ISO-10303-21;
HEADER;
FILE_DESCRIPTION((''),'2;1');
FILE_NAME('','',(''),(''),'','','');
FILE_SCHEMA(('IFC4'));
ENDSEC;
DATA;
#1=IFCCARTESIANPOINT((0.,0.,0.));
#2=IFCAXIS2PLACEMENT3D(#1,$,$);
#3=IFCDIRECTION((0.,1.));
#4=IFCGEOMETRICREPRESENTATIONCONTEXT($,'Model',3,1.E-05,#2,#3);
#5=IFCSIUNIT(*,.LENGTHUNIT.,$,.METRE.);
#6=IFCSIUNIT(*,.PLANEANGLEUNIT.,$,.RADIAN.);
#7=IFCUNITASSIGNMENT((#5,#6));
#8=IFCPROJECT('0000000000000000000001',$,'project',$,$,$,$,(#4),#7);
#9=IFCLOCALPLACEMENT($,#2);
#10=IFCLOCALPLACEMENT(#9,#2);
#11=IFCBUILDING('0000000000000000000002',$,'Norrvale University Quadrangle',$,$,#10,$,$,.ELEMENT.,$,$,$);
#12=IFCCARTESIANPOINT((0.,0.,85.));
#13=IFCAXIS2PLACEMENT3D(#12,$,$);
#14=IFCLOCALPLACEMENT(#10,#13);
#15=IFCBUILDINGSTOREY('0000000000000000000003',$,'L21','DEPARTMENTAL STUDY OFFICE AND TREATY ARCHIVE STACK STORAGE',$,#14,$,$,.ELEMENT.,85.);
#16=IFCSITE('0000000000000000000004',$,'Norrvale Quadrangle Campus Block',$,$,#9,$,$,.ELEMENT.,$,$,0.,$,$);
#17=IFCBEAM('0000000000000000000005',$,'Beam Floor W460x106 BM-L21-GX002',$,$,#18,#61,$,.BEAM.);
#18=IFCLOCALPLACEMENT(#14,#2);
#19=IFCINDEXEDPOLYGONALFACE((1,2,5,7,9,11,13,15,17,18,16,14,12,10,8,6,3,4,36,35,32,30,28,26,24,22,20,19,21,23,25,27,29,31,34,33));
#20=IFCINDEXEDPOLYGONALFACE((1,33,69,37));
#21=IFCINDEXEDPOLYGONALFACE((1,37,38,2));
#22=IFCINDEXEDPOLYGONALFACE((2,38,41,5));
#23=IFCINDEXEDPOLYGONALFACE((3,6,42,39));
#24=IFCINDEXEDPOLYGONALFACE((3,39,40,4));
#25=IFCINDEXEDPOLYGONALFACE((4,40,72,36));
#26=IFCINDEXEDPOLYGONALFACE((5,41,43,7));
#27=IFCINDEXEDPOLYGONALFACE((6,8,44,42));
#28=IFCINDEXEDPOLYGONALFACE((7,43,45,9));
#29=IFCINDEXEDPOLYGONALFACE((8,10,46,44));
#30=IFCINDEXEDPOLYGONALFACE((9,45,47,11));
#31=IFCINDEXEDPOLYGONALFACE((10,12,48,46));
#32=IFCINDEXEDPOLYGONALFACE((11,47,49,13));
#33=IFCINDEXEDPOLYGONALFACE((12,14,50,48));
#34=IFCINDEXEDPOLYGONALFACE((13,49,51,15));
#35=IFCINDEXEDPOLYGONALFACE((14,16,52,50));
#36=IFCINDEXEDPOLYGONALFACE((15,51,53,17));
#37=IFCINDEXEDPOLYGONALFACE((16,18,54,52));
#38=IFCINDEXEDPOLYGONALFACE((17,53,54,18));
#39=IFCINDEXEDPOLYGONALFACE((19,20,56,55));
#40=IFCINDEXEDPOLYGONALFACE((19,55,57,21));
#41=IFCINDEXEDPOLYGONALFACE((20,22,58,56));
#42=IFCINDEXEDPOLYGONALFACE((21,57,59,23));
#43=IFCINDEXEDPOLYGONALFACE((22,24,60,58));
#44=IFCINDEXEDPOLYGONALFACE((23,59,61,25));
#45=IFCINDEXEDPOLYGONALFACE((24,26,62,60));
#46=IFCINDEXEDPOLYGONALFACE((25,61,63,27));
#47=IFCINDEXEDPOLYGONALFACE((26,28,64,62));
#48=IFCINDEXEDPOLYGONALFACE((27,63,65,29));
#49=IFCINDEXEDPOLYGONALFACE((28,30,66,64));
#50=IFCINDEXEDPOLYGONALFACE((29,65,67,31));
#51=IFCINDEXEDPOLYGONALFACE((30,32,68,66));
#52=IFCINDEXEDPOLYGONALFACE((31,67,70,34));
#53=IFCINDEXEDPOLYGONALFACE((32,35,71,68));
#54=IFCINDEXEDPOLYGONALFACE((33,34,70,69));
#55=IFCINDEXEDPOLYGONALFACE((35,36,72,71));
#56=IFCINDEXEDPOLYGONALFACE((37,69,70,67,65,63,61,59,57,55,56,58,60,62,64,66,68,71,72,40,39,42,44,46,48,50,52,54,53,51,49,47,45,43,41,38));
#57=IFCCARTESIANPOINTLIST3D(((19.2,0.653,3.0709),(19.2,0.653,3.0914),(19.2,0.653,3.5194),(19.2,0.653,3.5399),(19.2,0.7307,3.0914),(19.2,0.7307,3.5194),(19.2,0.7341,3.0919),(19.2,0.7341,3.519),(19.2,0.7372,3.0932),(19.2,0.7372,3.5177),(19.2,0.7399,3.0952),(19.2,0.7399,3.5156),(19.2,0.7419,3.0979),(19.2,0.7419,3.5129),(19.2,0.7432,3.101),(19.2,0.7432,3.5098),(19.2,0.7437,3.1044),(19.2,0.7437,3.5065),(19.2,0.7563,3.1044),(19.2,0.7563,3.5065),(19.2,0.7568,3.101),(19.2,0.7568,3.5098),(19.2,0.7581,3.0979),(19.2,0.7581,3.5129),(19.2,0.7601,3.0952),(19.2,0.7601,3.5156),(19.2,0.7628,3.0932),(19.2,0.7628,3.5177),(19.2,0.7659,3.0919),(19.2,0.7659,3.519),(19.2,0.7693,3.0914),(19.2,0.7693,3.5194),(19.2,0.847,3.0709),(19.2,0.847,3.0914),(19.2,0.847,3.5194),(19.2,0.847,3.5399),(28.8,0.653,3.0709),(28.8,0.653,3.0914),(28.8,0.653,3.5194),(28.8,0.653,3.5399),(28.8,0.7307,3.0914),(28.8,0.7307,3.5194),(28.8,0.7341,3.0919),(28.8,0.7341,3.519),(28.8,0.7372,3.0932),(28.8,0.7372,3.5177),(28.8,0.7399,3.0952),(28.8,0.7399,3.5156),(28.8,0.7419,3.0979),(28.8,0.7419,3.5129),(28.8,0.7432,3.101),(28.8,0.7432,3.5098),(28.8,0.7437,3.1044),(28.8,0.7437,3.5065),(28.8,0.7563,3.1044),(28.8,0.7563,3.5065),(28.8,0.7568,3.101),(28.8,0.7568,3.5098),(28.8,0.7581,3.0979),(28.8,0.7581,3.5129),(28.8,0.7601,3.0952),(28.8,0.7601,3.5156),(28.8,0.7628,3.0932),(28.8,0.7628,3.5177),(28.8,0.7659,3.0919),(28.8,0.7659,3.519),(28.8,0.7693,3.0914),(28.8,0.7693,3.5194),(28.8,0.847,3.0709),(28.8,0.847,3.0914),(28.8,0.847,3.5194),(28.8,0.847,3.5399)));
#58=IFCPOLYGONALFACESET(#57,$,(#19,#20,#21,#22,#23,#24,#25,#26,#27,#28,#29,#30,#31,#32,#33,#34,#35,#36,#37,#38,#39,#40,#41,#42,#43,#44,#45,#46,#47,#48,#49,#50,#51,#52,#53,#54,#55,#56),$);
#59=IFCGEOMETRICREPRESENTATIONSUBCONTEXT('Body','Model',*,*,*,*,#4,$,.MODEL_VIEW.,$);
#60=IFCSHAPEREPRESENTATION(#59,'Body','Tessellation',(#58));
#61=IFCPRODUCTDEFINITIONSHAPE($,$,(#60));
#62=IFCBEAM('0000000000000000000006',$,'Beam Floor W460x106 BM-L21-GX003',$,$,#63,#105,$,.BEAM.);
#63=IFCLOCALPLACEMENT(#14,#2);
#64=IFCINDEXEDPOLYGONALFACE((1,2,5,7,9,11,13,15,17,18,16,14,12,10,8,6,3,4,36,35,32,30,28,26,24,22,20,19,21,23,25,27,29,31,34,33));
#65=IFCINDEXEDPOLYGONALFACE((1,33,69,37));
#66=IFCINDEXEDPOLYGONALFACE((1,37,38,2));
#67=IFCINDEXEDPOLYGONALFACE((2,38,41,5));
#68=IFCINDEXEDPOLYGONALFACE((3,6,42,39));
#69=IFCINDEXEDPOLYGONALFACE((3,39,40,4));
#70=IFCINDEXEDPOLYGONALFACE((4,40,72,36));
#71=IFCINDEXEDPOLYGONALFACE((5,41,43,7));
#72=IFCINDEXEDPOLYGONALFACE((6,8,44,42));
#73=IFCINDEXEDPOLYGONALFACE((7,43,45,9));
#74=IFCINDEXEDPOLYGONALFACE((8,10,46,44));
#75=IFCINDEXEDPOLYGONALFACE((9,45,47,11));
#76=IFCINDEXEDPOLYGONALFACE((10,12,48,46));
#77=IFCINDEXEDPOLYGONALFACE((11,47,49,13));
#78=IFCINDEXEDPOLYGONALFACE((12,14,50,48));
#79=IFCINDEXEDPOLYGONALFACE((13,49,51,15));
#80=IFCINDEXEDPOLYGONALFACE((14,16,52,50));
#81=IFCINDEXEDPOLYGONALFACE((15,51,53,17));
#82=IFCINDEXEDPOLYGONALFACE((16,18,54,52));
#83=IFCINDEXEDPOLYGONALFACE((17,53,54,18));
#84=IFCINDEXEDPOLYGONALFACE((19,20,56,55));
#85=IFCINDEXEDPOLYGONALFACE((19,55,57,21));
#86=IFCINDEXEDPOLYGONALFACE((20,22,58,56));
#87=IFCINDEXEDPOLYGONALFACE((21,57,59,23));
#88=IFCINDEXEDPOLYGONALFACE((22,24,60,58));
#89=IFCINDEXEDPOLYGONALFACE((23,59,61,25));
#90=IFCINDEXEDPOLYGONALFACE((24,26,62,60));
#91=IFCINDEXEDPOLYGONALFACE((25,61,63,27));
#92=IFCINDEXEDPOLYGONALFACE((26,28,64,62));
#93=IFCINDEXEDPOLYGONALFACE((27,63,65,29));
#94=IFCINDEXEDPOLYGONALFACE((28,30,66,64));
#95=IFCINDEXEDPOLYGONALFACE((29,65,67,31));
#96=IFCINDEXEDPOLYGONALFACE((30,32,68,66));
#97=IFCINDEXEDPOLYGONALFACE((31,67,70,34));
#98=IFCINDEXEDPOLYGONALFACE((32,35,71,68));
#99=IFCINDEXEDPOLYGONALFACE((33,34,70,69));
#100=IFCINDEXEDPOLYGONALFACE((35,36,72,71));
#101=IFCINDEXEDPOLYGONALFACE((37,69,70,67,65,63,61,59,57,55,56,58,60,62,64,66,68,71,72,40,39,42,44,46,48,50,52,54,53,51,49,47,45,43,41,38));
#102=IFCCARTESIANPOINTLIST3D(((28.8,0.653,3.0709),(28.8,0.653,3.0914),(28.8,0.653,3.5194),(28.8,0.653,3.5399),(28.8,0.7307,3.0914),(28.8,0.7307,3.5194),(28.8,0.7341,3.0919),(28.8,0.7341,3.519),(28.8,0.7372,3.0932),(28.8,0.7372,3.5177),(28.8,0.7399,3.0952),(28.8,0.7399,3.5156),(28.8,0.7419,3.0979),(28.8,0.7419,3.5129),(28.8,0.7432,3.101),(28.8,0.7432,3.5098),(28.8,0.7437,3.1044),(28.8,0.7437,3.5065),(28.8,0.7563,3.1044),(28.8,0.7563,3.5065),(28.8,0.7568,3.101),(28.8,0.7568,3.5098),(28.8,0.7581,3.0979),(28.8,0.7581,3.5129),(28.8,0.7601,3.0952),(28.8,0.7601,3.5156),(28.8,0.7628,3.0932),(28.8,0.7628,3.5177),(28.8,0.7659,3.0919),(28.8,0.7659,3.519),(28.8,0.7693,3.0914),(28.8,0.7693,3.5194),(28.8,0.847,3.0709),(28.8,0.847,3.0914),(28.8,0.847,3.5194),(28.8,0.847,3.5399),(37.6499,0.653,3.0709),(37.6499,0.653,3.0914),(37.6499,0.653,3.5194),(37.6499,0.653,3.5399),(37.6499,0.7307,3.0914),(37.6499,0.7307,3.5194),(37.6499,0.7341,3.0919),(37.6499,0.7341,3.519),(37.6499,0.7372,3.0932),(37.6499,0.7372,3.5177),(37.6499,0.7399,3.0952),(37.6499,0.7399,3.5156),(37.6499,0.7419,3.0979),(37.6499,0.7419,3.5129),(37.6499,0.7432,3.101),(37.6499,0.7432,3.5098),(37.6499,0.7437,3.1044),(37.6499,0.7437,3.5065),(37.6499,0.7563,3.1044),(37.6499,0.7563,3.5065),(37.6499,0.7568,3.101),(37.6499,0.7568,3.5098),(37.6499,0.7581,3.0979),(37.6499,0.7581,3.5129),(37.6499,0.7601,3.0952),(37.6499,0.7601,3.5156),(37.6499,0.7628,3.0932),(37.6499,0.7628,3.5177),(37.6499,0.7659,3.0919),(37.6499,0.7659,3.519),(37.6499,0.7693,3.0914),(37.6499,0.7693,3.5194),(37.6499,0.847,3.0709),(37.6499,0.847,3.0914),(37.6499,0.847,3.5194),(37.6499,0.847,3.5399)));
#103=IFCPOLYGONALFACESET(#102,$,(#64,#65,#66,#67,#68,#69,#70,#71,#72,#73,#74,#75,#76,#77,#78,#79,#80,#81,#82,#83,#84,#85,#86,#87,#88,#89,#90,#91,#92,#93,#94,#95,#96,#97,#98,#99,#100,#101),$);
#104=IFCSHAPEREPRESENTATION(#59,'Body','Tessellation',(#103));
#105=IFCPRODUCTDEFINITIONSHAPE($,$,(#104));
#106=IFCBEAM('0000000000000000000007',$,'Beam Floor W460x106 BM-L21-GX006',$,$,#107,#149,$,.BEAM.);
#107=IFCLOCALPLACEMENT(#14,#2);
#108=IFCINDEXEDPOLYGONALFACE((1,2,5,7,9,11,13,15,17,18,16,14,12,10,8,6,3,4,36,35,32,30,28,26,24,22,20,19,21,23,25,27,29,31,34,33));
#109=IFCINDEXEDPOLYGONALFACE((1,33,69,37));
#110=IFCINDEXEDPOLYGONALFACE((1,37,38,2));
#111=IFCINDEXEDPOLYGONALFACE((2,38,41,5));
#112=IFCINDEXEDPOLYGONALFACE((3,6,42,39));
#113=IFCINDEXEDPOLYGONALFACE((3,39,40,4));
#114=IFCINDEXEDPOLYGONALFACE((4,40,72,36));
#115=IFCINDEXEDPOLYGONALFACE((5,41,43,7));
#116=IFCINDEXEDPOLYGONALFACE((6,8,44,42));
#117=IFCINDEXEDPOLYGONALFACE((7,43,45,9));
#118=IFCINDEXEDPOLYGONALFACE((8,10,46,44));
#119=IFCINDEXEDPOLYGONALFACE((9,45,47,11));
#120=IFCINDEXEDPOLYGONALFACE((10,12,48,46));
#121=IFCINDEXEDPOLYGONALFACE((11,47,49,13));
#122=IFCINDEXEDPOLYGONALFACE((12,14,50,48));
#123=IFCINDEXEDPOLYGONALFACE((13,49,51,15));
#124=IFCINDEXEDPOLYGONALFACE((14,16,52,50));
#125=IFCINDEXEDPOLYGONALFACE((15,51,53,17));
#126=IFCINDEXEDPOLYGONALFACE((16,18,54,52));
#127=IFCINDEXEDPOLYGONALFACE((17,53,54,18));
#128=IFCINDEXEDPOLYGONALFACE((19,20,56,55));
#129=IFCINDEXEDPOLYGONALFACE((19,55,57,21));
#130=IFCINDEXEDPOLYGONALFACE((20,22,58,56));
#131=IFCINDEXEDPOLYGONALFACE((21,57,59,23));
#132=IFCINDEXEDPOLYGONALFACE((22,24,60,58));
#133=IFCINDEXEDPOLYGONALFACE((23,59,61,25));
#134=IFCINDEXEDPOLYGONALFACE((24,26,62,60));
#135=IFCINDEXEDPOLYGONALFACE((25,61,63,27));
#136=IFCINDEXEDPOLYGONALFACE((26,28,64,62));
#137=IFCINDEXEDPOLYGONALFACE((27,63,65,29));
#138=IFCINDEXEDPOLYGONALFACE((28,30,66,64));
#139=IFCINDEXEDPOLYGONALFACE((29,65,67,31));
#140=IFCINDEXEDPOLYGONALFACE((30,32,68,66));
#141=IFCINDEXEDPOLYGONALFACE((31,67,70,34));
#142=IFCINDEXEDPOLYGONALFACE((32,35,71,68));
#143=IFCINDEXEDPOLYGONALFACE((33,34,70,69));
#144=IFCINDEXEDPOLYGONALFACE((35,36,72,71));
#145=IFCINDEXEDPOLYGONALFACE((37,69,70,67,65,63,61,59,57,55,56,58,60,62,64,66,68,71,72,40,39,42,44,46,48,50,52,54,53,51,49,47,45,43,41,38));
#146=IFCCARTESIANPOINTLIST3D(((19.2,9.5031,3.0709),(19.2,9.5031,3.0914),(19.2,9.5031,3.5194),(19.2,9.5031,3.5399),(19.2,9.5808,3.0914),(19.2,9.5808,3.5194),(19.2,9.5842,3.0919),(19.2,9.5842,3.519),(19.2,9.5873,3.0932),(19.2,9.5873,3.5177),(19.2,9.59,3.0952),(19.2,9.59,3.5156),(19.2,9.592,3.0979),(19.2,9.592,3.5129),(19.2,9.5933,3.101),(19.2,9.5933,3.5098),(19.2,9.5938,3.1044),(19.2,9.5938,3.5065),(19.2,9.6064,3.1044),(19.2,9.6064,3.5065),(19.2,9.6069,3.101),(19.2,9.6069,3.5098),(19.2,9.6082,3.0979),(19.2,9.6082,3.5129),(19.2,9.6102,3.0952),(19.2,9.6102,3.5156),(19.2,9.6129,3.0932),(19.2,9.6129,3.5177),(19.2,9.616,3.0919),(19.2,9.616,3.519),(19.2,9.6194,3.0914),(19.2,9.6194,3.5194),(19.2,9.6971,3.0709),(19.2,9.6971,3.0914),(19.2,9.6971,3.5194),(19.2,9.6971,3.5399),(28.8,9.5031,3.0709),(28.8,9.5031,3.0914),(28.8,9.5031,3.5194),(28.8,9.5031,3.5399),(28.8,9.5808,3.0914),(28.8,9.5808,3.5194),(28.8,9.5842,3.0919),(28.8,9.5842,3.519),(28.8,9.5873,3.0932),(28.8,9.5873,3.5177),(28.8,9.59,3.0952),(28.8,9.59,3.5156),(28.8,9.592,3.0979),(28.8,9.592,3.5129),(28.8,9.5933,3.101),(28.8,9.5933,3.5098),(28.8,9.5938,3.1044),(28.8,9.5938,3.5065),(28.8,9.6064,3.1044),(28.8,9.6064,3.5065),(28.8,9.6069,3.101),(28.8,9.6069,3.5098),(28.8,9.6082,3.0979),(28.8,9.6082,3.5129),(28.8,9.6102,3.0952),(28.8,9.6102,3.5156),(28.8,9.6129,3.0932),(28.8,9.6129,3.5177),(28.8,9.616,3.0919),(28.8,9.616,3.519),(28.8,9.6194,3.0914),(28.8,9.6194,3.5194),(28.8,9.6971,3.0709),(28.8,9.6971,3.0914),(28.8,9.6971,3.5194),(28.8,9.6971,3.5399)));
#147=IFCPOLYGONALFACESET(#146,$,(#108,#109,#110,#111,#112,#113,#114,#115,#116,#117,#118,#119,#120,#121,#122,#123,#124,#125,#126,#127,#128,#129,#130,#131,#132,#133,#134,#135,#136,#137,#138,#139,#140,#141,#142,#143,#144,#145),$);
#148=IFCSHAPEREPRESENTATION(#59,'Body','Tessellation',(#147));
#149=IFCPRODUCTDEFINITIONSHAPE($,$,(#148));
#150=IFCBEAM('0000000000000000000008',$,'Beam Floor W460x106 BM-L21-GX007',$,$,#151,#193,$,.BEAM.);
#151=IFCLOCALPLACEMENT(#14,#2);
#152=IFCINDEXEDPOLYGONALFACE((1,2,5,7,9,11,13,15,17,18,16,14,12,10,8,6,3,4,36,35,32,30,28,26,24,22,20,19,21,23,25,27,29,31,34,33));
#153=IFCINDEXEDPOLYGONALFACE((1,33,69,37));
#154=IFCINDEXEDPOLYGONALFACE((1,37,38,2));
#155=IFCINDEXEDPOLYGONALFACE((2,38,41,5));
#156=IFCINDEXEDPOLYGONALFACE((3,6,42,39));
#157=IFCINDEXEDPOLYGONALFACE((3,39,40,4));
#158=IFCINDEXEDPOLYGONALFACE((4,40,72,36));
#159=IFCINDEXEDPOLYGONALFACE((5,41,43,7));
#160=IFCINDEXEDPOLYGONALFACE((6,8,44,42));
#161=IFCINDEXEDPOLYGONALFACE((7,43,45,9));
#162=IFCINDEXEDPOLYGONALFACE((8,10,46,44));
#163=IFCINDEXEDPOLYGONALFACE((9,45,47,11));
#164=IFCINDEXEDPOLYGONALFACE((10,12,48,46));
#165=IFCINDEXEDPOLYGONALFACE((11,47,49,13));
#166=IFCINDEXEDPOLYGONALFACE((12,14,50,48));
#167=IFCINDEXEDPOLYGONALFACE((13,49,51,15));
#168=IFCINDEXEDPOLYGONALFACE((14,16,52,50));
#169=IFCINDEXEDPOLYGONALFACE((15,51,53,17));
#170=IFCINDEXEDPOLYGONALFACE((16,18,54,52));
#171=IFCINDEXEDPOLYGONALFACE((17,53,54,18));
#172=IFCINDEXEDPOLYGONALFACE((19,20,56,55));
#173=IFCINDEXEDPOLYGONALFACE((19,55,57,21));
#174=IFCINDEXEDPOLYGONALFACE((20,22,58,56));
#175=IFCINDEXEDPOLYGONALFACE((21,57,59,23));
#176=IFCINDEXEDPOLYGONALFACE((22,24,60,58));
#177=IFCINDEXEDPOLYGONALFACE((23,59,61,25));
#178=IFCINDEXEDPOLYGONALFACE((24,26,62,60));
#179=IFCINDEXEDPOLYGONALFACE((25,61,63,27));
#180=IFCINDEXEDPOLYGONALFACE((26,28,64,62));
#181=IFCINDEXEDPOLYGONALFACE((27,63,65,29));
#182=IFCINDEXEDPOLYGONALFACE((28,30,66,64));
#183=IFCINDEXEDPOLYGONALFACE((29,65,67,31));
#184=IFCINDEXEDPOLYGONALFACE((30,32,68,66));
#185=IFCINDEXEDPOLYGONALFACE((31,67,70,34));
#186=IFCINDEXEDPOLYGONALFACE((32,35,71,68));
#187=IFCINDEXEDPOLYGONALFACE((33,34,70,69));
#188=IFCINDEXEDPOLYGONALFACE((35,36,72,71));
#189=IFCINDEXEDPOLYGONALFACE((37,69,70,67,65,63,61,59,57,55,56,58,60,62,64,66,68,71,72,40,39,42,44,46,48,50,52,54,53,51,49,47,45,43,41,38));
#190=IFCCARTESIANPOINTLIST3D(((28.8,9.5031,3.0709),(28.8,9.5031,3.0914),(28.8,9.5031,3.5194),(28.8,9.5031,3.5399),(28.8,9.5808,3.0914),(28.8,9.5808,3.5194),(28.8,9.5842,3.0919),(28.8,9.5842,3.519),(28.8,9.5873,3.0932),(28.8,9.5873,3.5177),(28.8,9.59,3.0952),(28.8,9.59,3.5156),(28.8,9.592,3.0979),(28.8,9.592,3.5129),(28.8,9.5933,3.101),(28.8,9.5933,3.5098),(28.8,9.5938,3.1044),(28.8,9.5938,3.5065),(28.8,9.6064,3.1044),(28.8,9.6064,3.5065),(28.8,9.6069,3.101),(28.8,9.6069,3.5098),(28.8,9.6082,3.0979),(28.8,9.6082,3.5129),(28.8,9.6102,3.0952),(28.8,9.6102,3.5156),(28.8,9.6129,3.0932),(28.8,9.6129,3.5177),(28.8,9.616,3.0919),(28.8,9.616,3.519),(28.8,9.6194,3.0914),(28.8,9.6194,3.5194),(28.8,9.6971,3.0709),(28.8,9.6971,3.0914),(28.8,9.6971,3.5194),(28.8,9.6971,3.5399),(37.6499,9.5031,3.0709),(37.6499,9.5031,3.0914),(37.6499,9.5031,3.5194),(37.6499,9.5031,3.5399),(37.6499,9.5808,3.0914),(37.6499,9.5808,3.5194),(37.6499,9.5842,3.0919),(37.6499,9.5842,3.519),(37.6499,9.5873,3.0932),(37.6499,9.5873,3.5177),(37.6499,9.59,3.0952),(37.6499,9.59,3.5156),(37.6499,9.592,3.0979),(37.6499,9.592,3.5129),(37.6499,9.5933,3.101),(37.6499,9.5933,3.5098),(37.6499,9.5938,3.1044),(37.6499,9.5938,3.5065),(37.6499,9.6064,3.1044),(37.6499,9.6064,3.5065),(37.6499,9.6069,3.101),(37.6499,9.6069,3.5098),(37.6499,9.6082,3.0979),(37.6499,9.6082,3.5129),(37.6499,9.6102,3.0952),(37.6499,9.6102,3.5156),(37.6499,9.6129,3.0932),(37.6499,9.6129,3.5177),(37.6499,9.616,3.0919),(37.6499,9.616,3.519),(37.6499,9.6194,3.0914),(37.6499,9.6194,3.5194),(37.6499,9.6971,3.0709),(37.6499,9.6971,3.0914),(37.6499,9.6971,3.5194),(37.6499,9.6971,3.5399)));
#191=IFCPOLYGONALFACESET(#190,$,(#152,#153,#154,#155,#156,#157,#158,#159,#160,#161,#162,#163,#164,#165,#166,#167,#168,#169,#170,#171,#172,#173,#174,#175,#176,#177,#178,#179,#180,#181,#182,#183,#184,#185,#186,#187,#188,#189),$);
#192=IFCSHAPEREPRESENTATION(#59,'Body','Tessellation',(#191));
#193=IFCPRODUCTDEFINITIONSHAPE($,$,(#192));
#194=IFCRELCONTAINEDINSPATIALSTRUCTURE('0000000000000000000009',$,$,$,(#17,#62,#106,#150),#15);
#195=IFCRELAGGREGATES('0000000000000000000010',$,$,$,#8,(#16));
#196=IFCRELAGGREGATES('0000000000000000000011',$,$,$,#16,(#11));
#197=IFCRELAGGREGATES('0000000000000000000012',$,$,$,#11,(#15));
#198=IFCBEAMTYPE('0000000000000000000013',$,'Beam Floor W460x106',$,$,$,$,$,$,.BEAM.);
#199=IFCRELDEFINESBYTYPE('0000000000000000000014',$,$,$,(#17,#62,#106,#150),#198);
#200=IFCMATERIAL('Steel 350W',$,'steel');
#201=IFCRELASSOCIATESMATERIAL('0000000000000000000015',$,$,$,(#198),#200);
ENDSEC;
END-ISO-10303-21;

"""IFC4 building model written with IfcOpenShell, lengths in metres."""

from ifc_helpers import new_model, si_unit, direction, frame, origin, origin_2d, place, context, subcontext, project, spatial, i_section, extrude, material, material_profile, profile_set, type_object, element, save


model = new_model("IFC4")

# Units and contexts
model_context = context("Model", 3, precision=1e-05, world=origin(), true_north=direction((0.0, 1.0)))
body_context = subcontext(model_context, "Body", "Model", "MODEL_VIEW")
ifc_project = project(units=[si_unit("LENGTHUNIT", "METRE"), si_unit("PLANEANGLEUNIT", "RADIAN")], contexts=[model_context])

# Site, building, storey
site_placement = place(None, origin())
site = spatial("IfcSite", under=ifc_project, at=site_placement, Name="Norrvale Quadrangle Campus Block", CompositionType="ELEMENT", RefElevation=0.0)
building_placement = place(site_placement, origin())
building = spatial("IfcBuilding", under=site, at=building_placement, Name="Norrvale University Quadrangle", CompositionType="ELEMENT")
storey_placement = place(building_placement, frame((0.0, 0.0, 85.0)))
storey = spatial("IfcBuildingStorey", under=building, at=storey_placement, Name="L21", Description="DEPARTMENTAL STUDY OFFICE AND TREATY ARCHIVE STACK STORAGE", CompositionType="ELEMENT", Elevation=85.0)

# Beams
ifc_material_1 = material(Name="Steel 350W", Category="steel")
ifc_material_profile_1 = material_profile(ifc_material_1, i_section(OverallWidth=0.1941, OverallDepth=0.469, WebThickness=0.0127, FlangeThickness=0.0205, FilletRadius=0.0129, at=origin_2d()), Name="Steel 350W")
ifc_profile_set_1 = profile_set([ifc_material_profile_1], Name="Steel 350W")
beam_type_1 = type_object("IfcBeamType", Name="Beam Floor W460x106", PredefinedType="BEAM", material=ifc_profile_set_1)
beam_1_placement = place(storey_placement, frame((19.2, 0.75, 3.3054), z_axis=(1.0, 0.0, 0.0), x_axis=(0.0, 1.0, 0.0)))
element("IfcBeam", 1, at=beam_1_placement, inside=storey, type_object=beam_type_1, Name="Beam Floor W460x106 BM-L21-GX002", PredefinedType="BEAM", context=body_context, shape_type="SweptSolid", body=[
    extrude(i_section(OverallWidth=0.1941, OverallDepth=0.469, WebThickness=0.0127, FlangeThickness=0.0205, FilletRadius=0.0129, at=origin_2d()), origin(), (0.0, 0.0, 1.0), 9.6001),
])
beam_2_placement = place(storey_placement, frame((28.8, 0.75, 3.3054), z_axis=(1.0, 0.0, 0.0), x_axis=(0.0, 1.0, 0.0)))
element("IfcBeam", 2, at=beam_2_placement, inside=storey, type_object=beam_type_1, Name="Beam Floor W460x106 BM-L21-GX003", PredefinedType="BEAM", context=body_context, shape_type="SweptSolid", body=[
    extrude(i_section(OverallWidth=0.1941, OverallDepth=0.469, WebThickness=0.0127, FlangeThickness=0.0205, FilletRadius=0.0129, at=origin_2d()), origin(), (0.0, 0.0, 1.0), 8.8499),
])
beam_3_placement = place(storey_placement, frame((19.2, 9.6001, 3.3054), z_axis=(1.0, 0.0, 0.0), x_axis=(0.0, 1.0, 0.0)))
element("IfcBeam", 3, at=beam_3_placement, inside=storey, type_object=beam_type_1, Name="Beam Floor W460x106 BM-L21-GX006", PredefinedType="BEAM", context=body_context, shape_type="SweptSolid", body=[
    extrude(i_section(OverallWidth=0.1941, OverallDepth=0.469, WebThickness=0.0127, FlangeThickness=0.0205, FilletRadius=0.0129, at=origin_2d()), origin(), (0.0, 0.0, 1.0), 9.6001),
])
beam_4_placement = place(storey_placement, frame((28.8, 9.6001, 3.3054), z_axis=(1.0, 0.0, 0.0), x_axis=(0.0, 1.0, 0.0)))
element("IfcBeam", 4, at=beam_4_placement, inside=storey, type_object=beam_type_1, Name="Beam Floor W460x106 BM-L21-GX007", PredefinedType="BEAM", context=body_context, shape_type="SweptSolid", body=[
    extrude(i_section(OverallWidth=0.1941, OverallDepth=0.469, WebThickness=0.0127, FlangeThickness=0.0205, FilletRadius=0.0129, at=origin_2d()), origin(), (0.0, 0.0, 1.0), 8.8499),
])

save(model, "model.ifc")
